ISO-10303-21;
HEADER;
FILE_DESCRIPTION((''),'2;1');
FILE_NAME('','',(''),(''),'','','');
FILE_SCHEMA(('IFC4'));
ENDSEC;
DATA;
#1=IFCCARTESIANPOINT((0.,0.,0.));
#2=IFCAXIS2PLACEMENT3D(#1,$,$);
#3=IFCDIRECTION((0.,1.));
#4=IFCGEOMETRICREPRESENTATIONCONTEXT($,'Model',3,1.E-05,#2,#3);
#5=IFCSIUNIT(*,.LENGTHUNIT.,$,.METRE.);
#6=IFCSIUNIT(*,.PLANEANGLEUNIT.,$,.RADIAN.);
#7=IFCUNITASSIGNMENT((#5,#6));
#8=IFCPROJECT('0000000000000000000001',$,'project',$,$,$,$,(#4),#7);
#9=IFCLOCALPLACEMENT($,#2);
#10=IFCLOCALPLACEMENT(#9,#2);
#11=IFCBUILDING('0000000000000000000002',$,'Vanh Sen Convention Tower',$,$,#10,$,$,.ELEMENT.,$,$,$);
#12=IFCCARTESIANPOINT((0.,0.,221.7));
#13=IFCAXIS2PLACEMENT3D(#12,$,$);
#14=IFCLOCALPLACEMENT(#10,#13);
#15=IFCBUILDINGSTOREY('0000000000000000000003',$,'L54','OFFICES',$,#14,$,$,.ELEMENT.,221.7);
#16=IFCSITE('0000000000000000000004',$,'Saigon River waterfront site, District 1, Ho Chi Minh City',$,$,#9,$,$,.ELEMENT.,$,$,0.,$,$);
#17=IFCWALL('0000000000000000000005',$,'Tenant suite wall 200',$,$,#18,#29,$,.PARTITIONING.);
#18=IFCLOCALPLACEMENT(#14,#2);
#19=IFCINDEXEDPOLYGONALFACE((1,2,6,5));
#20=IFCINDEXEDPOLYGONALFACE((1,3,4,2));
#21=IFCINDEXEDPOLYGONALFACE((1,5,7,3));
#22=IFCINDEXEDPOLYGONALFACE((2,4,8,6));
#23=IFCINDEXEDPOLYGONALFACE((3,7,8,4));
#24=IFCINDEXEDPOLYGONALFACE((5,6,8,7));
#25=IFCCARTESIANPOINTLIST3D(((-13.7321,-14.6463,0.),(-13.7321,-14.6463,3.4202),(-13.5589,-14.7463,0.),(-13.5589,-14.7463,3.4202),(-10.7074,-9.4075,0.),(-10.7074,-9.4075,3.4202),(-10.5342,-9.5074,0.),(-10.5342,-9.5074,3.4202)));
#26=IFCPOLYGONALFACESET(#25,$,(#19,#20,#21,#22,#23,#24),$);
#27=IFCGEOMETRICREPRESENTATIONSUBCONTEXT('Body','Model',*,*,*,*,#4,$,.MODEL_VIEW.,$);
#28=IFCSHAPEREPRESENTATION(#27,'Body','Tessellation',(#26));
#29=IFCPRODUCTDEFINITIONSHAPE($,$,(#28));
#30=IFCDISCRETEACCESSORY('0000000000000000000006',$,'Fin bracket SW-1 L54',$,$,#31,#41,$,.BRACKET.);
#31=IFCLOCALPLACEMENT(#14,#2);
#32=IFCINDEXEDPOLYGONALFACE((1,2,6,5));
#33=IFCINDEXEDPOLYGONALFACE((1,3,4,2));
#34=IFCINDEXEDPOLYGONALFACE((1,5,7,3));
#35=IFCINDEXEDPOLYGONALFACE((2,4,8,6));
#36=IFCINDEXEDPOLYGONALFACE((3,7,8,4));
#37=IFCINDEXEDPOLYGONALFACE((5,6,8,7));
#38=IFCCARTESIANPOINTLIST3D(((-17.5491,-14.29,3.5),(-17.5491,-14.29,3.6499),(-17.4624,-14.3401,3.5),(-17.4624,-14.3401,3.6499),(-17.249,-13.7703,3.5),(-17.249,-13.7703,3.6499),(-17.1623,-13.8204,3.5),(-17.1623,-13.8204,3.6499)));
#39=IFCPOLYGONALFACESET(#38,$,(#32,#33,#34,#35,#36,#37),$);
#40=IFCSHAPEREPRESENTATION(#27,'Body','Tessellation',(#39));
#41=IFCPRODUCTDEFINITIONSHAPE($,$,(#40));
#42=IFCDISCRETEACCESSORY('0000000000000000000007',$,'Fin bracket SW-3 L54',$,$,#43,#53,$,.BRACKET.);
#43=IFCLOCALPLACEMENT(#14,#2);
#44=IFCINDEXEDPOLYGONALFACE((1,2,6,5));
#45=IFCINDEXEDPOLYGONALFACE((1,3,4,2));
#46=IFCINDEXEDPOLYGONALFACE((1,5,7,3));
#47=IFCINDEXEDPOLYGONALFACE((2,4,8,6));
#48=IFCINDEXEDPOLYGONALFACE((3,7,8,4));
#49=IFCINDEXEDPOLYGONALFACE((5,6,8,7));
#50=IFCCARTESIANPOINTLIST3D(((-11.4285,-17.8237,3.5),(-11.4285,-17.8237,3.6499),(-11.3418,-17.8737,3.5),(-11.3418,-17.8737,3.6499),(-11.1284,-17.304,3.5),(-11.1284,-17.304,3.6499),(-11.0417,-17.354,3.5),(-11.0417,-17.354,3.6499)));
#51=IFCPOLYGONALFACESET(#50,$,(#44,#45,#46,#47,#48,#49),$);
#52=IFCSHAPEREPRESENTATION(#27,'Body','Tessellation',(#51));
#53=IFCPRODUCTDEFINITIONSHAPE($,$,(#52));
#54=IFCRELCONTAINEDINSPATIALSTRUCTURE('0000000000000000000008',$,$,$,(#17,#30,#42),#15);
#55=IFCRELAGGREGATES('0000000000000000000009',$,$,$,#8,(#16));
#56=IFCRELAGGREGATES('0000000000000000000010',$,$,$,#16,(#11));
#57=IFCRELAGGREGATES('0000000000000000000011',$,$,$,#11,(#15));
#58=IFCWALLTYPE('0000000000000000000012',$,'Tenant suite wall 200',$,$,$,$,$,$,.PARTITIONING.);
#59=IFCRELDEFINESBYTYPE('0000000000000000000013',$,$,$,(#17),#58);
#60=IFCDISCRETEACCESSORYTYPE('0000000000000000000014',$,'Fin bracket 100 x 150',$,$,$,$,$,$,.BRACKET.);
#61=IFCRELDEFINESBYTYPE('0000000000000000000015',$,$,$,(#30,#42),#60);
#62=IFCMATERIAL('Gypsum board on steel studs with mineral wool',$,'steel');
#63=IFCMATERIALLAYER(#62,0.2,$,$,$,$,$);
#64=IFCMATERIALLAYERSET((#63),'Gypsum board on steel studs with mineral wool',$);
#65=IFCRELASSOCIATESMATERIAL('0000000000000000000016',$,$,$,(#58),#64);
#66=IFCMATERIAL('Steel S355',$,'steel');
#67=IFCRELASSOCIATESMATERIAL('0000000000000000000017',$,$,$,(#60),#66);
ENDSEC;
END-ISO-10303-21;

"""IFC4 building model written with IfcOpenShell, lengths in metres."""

from ifc_helpers import new_model, si_unit, direction, frame, frame_2d, origin, origin_2d, place, context, subcontext, project, spatial, rectangle, extrude, material, layer, layer_set, type_object, element, save


model = new_model("IFC4")

# Units and contexts
model_context = context("Model", 3, precision=1e-05, world=origin(), true_north=direction((0.0, 1.0)))
body_context = subcontext(model_context, "Body", "Model", "MODEL_VIEW")
ifc_project = project(units=[si_unit("LENGTHUNIT", "METRE"), si_unit("PLANEANGLEUNIT", "RADIAN")], contexts=[model_context])

# Site, building, storey
site_placement = place(None, origin())
site = spatial("IfcSite", under=ifc_project, at=site_placement, Name="Saigon River waterfront site, District 1, Ho Chi Minh City", CompositionType="ELEMENT", RefElevation=0.0)
building_placement = place(site_placement, origin())
building = spatial("IfcBuilding", under=site, at=building_placement, Name="Vanh Sen Convention Tower", CompositionType="ELEMENT")
storey_placement = place(building_placement, frame((0.0, 0.0, 221.7)))
storey = spatial("IfcBuildingStorey", under=building, at=storey_placement, Name="L54", Description="OFFICES", CompositionType="ELEMENT", Elevation=221.7)

# Shared definitions
ifc_material_1 = material(Name="Gypsum board on steel studs with mineral wool", Category="steel")

# Wall
ifc_layer_1 = layer(ifc_material_1, 0.2)
ifc_layer_set_1 = layer_set([ifc_layer_1], Name="Gypsum board on steel studs with mineral wool")
wall_type_1 = type_object("IfcWallType", Name="Tenant suite wall 200", PredefinedType="PARTITIONING", material=ifc_layer_set_1)
wall_1_placement = place(storey_placement, frame((-13.6455, -14.6963, 0.0), z_axis=(0.0, 0.0, 1.0), x_axis=(0.500007, 0.866022, 0.0)))
element("IfcWall", 1, at=wall_1_placement, inside=storey, type_object=wall_type_1, Name="Tenant suite wall 200", PredefinedType="PARTITIONING", context=body_context, shape_type="SweptSolid", body=[
    extrude(rectangle(XDim=6.0493, YDim=0.2, at=frame_2d((3.0247, 0.0))), origin(), (0.0, 0.0, 1.0), 3.4202),
])

# Discrete accessories
ifc_material_2 = material(Name="Steel S355", Category="steel")
discrete_accessory_type = type_object("IfcDiscreteAccessoryType", Name="Fin bracket 100 x 150", PredefinedType="BRACKET", material=ifc_material_2)
for number, where, z_axis, x_axis, name in (
    (2, (-17.3557, -14.0552, 3.5), (0.0, 0.0, 1.0), (-0.5, -0.866025, 0.0), "Fin bracket SW-1 L54"),
    (3, (-11.2351, -17.5889, 3.5), (0.0, 0.0, 1.0), (-0.5, -0.866025, 0.0), "Fin bracket SW-3 L54"),
):
    element("IfcDiscreteAccessory", number, at=place(storey_placement, frame(where, z_axis=z_axis, x_axis=x_axis)), inside=storey, type_object=discrete_accessory_type, Name=name, PredefinedType="BRACKET", context=body_context, shape_type="SweptSolid", body=[
        extrude(rectangle(XDim=0.6001, YDim=0.1001, at=origin_2d()), origin(), (0.0, 0.0, 1.0), 0.1499),
    ])

save(model, "model.ifc")
